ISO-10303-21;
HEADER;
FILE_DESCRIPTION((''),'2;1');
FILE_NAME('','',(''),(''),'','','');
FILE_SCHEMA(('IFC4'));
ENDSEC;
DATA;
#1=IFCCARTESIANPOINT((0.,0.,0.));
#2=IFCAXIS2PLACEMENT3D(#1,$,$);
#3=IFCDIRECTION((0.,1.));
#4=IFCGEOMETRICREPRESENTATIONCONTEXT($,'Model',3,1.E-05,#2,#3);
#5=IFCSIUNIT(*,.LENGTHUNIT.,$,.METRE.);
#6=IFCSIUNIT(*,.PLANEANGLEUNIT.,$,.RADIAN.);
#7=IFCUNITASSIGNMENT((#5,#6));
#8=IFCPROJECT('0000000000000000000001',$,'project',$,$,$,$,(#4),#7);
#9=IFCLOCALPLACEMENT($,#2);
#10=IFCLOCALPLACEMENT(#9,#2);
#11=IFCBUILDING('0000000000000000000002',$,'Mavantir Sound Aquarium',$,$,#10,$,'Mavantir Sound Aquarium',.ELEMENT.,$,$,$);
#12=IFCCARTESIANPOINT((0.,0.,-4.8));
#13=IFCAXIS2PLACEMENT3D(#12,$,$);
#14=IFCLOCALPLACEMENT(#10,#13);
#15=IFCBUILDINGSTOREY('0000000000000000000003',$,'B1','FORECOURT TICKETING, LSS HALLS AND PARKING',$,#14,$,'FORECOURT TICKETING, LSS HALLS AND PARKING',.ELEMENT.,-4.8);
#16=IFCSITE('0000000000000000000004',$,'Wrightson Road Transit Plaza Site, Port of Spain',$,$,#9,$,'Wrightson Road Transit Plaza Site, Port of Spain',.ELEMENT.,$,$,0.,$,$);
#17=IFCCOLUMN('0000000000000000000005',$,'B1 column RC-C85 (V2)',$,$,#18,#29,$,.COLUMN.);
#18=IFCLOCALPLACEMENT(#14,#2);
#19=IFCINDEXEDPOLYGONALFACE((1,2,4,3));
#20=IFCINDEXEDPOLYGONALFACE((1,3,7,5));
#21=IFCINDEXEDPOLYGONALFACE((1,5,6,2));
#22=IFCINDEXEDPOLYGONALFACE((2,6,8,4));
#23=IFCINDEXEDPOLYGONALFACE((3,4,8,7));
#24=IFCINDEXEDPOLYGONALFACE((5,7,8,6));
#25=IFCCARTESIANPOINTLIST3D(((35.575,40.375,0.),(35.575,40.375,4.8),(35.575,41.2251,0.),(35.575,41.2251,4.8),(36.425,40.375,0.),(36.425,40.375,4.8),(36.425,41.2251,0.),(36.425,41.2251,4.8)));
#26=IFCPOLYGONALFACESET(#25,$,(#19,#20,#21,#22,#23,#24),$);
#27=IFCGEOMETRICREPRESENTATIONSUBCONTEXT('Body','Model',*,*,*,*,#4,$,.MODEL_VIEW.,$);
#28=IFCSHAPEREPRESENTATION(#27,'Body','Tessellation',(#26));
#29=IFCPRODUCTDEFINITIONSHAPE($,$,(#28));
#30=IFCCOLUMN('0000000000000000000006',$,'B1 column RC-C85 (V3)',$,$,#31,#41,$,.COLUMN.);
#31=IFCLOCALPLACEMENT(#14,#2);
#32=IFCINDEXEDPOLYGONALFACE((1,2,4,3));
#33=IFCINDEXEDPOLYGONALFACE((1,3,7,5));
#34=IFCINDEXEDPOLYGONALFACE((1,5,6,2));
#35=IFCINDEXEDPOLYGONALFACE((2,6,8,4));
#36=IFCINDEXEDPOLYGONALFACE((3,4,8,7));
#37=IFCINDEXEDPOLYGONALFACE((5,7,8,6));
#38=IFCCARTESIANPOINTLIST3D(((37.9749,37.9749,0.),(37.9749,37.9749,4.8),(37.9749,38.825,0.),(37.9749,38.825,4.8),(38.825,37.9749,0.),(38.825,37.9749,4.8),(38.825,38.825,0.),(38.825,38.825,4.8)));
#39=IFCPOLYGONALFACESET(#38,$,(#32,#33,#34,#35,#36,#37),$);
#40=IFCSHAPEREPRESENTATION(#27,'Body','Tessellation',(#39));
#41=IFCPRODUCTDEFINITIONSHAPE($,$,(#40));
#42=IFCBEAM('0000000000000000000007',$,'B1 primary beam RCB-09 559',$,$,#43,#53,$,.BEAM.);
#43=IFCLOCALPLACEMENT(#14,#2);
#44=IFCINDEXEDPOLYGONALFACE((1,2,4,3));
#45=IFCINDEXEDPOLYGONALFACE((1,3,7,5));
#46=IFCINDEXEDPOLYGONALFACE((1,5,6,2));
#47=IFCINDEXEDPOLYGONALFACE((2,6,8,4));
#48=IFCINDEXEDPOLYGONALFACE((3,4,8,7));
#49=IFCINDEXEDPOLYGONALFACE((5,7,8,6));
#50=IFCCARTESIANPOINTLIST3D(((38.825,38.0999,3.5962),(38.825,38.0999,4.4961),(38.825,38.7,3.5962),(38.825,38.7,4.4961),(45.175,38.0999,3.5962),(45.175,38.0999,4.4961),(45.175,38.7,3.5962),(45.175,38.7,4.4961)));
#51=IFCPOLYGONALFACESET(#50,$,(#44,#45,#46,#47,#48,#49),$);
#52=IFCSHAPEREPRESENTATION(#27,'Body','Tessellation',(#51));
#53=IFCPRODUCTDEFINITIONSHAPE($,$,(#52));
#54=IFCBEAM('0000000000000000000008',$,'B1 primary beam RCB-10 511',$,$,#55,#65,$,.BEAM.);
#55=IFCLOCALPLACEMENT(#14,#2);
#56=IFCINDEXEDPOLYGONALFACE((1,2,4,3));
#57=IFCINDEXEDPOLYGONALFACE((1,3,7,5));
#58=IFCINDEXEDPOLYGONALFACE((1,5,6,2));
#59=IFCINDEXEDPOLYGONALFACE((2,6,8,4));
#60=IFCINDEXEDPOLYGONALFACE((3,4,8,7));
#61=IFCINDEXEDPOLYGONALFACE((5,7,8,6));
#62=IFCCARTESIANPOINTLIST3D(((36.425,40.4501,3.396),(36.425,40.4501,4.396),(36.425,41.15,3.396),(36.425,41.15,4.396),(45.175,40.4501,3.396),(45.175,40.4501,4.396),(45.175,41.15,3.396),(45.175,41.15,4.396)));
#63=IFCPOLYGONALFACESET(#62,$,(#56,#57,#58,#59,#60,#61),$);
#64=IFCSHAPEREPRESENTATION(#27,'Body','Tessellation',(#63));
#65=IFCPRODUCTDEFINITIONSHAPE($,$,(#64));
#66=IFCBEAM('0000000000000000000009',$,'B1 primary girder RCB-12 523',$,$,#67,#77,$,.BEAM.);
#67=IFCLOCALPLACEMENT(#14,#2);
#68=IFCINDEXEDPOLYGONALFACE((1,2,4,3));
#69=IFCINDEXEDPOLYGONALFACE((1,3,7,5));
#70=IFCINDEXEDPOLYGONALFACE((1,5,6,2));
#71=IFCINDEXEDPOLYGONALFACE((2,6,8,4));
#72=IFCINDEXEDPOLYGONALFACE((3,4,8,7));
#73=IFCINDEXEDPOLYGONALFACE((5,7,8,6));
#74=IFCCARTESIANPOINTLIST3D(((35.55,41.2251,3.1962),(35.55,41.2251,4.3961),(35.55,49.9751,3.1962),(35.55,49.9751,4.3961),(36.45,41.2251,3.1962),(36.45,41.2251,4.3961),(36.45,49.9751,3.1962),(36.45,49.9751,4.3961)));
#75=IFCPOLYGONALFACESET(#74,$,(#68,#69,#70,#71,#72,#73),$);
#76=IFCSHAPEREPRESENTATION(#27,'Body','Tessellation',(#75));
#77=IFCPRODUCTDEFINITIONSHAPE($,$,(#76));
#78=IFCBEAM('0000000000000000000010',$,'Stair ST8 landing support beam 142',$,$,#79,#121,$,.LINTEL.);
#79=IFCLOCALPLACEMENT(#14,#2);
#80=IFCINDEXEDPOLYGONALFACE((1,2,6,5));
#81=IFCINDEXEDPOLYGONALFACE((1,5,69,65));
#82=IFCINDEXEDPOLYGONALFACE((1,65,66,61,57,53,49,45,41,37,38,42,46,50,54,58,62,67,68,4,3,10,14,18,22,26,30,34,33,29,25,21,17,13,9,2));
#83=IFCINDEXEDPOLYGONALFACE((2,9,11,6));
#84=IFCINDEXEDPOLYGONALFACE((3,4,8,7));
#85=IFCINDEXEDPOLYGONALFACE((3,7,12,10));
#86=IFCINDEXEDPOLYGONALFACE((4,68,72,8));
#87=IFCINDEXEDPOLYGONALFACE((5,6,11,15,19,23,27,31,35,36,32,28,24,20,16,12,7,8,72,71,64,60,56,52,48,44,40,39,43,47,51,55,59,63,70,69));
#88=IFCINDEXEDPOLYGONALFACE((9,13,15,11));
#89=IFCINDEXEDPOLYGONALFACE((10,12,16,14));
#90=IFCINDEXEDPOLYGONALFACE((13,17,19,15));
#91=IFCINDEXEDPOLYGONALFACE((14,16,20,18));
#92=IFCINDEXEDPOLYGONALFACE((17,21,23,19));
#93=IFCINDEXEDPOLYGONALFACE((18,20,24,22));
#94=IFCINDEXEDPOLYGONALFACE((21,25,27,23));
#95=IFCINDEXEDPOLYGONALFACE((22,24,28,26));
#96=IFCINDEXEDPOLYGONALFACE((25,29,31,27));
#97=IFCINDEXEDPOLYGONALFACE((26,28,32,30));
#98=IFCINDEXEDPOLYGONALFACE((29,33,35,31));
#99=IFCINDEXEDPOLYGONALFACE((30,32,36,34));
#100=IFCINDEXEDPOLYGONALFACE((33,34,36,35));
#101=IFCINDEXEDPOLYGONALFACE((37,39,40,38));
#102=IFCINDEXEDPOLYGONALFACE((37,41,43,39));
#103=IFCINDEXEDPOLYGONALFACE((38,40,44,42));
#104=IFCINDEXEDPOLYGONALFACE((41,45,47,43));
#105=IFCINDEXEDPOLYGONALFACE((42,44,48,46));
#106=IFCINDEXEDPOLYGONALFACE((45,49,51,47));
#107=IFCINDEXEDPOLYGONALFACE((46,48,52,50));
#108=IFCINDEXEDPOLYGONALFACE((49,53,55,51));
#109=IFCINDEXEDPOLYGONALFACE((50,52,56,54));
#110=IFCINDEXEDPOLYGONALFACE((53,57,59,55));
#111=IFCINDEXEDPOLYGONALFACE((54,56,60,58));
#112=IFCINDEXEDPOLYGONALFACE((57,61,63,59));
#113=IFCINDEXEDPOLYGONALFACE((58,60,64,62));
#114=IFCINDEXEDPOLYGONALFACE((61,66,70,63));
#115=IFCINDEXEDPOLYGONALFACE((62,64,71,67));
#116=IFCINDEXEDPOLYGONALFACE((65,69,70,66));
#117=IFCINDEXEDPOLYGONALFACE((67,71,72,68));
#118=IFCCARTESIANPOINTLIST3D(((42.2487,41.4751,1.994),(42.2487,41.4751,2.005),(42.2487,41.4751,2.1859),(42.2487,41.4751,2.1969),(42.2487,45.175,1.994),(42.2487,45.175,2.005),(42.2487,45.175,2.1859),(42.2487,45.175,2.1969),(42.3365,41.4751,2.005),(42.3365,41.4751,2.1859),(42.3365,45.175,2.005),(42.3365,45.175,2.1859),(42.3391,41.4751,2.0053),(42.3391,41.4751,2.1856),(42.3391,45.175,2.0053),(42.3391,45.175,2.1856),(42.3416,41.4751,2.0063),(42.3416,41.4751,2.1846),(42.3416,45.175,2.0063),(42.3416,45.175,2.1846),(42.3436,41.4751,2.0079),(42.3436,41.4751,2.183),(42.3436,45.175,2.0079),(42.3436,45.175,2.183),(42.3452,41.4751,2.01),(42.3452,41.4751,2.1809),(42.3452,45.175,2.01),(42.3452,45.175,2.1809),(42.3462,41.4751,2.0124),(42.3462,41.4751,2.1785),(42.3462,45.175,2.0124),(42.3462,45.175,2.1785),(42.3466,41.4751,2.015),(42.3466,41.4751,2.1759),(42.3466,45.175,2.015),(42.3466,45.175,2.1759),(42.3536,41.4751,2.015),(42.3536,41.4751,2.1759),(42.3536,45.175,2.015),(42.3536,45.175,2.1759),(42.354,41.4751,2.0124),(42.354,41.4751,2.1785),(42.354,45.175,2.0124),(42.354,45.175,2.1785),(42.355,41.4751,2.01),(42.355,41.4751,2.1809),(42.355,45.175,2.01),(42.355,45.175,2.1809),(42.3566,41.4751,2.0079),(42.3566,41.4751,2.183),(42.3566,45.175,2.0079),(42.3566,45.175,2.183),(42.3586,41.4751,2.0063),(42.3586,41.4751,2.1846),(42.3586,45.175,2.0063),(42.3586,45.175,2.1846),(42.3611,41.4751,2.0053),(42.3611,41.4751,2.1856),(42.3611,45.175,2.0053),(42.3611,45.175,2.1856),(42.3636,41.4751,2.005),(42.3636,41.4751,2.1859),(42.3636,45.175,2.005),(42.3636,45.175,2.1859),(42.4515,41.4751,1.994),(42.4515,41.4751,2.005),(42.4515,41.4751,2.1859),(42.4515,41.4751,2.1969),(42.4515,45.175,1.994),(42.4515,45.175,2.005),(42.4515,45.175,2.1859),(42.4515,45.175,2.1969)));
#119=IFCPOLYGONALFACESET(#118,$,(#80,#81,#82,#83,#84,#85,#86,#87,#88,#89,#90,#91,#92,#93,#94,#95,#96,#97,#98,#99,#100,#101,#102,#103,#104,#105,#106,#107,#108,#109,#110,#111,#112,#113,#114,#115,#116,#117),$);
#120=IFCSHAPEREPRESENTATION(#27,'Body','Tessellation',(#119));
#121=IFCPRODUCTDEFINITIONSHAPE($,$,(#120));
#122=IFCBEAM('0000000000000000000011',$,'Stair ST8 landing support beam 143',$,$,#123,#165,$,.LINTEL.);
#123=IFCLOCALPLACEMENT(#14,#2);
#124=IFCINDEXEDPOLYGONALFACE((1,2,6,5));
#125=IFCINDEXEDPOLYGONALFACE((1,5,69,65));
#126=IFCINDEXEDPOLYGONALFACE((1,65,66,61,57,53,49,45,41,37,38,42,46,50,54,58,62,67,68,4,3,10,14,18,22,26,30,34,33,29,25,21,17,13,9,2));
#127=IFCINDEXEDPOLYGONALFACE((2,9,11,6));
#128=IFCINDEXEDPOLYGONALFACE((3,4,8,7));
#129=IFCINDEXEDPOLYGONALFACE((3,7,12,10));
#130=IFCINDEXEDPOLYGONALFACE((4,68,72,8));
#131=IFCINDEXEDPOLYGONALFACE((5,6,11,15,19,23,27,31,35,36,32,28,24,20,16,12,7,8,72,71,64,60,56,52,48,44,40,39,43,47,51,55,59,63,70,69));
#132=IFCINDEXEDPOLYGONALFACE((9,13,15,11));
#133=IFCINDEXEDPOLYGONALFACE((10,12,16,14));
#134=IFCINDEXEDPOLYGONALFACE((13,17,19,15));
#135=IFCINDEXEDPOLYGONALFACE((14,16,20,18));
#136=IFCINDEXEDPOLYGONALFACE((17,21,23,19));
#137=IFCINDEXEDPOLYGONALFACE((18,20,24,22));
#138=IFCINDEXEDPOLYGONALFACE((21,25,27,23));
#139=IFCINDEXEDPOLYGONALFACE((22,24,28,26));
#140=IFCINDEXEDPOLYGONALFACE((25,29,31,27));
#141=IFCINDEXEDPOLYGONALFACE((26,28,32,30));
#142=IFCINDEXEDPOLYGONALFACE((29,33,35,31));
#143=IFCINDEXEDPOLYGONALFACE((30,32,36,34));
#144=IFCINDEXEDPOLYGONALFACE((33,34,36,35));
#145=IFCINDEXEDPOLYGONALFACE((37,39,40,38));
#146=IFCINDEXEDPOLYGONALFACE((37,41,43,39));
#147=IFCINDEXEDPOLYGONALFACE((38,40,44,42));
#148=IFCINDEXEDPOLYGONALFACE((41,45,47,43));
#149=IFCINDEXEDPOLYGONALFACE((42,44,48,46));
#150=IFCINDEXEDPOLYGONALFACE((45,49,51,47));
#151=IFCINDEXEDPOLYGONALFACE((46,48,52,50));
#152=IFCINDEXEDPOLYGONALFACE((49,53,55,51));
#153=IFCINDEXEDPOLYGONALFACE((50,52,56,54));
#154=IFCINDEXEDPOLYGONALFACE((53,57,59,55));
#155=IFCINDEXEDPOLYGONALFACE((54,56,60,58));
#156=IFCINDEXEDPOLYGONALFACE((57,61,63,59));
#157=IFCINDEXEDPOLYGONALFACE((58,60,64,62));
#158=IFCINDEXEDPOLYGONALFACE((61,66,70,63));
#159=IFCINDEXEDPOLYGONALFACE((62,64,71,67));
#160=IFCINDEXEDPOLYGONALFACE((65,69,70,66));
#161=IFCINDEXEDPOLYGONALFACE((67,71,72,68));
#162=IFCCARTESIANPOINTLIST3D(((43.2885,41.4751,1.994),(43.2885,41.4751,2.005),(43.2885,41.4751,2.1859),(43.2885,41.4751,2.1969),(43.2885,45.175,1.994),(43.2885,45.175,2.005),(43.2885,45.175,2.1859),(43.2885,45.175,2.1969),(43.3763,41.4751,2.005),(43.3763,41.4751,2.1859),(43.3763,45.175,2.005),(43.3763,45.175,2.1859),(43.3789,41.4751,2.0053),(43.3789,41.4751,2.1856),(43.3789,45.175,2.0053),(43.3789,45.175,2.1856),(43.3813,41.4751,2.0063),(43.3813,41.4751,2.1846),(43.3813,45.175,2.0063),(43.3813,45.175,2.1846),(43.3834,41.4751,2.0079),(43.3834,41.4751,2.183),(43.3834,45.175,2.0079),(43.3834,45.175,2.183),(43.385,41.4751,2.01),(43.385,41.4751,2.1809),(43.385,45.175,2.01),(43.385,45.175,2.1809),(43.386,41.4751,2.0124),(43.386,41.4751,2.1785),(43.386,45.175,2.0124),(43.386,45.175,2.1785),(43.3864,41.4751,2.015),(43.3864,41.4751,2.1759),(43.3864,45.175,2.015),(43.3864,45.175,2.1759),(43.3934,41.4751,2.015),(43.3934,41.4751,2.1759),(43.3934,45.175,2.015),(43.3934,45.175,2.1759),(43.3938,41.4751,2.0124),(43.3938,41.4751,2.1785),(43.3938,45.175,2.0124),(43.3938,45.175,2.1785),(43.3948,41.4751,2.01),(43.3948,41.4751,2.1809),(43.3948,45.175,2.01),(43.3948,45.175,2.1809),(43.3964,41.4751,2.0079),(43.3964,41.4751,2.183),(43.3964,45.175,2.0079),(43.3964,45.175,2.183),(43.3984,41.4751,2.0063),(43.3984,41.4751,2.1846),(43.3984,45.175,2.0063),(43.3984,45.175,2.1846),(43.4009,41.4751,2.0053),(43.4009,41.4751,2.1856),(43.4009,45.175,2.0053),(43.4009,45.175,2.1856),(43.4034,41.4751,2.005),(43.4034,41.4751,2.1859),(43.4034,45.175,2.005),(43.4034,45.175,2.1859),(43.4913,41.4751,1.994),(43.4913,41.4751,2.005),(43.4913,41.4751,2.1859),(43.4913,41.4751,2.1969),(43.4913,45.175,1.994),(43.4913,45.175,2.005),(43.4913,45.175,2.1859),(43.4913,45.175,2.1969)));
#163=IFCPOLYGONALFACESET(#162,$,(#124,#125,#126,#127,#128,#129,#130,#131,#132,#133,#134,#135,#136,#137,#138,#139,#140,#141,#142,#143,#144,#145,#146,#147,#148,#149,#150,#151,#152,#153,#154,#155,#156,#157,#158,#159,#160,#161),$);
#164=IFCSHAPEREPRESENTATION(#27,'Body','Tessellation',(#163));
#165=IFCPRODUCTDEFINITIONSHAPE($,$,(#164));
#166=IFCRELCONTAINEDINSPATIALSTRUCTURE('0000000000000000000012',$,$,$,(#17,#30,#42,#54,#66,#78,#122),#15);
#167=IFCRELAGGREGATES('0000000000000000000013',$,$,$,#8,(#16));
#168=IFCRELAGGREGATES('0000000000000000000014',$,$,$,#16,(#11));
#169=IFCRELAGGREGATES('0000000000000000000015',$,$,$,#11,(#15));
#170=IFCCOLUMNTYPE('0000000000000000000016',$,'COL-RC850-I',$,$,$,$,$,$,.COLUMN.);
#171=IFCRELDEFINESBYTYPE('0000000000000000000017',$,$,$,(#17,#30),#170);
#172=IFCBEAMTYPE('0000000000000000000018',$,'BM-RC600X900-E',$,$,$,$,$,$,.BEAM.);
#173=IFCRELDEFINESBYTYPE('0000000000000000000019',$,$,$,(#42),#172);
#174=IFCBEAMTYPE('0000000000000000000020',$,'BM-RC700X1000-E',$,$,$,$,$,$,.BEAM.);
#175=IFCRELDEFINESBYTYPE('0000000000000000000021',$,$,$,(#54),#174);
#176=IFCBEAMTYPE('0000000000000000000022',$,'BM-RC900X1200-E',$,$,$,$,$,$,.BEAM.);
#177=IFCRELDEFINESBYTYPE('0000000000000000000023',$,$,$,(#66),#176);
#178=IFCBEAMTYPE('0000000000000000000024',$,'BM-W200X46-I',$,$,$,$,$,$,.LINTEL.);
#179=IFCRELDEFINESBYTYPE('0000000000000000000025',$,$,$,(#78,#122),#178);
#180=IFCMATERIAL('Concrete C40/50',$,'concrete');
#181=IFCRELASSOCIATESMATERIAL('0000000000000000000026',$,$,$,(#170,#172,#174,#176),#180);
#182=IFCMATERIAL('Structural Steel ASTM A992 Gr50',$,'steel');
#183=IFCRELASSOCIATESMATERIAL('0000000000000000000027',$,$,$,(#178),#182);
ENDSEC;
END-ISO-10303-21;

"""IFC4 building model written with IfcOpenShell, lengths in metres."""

from ifc_helpers import new_model, si_unit, direction, frame, origin, origin_2d, place, context, subcontext, project, spatial, rectangle, i_section, extrude, material, material_profile, profile_set, type_object, element, save


model = new_model("IFC4")

# Units and contexts
model_context = context("Model", 3, precision=1e-05, world=origin(), true_north=direction((0.0, 1.0)))
body_context = subcontext(model_context, "Body", "Model", "MODEL_VIEW")
ifc_project = project(units=[si_unit("LENGTHUNIT", "METRE"), si_unit("PLANEANGLEUNIT", "RADIAN")], contexts=[model_context])

# Site, building, storey
site_placement = place(None, origin())
site = spatial("IfcSite", under=ifc_project, at=site_placement, Name="Wrightson Road Transit Plaza Site, Port of Spain", LongName="Wrightson Road Transit Plaza Site, Port of Spain", CompositionType="ELEMENT", RefElevation=0.0)
building_placement = place(site_placement, origin())
building = spatial("IfcBuilding", under=site, at=building_placement, Name="Mavantir Sound Aquarium", LongName="Mavantir Sound Aquarium", CompositionType="ELEMENT")
storey_placement = place(building_placement, frame((0.0, 0.0, -4.8)))
storey = spatial("IfcBuildingStorey", under=building, at=storey_placement, Name="B1", Description="FORECOURT TICKETING, LSS HALLS AND PARKING", LongName="FORECOURT TICKETING, LSS HALLS AND PARKING", CompositionType="ELEMENT", Elevation=-4.8)

# Columns
ifc_material_1 = material(Name="Concrete C40/50", Category="concrete")
ifc_material_profile_1 = material_profile(ifc_material_1, rectangle(XDim=0.8501, YDim=0.8501, at=origin_2d()), Name="RC 850X850")
ifc_profile_set_1 = profile_set([ifc_material_profile_1], Name="Concrete C40/50")
column_type = type_object("IfcColumnType", Name="COL-RC850-I", PredefinedType="COLUMN", material=ifc_profile_set_1)
for number, where, z_axis, x_axis, name in (
    (1, (36.0, 40.8, 0.0), (0.0, 0.0, 1.0), (1.0, 0.0, 0.0), "B1 column RC-C85 (V2)"),
    (2, (38.3999, 38.3999, 0.0), (0.0, 0.0, 1.0), (1.0, 0.0, 0.0), "B1 column RC-C85 (V3)"),
):
    element("IfcColumn", number, at=place(storey_placement, frame(where, z_axis=z_axis, x_axis=x_axis)), inside=storey, type_object=column_type, Name=name, PredefinedType="COLUMN", context=body_context, shape_type="SweptSolid", body=[
        extrude(rectangle(XDim=0.8501, YDim=0.8501, at=origin_2d()), origin(), (0.0, 0.0, 1.0), 4.8),
    ])

# Beams
ifc_material_profile_2 = material_profile(ifc_material_1, rectangle(XDim=0.6001, YDim=0.8999, at=origin_2d()), Name="RC 600X900")
ifc_profile_set_2 = profile_set([ifc_material_profile_2], Name="Concrete C40/50")
beam_type_1 = type_object("IfcBeamType", Name="BM-RC600X900-E", PredefinedType="BEAM", material=ifc_profile_set_2)
beam_1_placement = place(storey_placement, frame((38.825, 38.3999, 4.0461), z_axis=(1.0, 0.0, 0.0), x_axis=(0.0, 1.0, 0.0)))
element("IfcBeam", 3, at=beam_1_placement, inside=storey, type_object=beam_type_1, Name="B1 primary beam RCB-09 559", PredefinedType="BEAM", context=body_context, shape_type="SweptSolid", body=[
    extrude(rectangle(XDim=0.6001, YDim=0.8999, at=origin_2d()), origin(), (0.0, 0.0, 1.0), 6.3501),
])
ifc_material_profile_3 = material_profile(ifc_material_1, rectangle(XDim=0.7, YDim=1.0, at=origin_2d()), Name="RC 700X1000")
ifc_profile_set_3 = profile_set([ifc_material_profile_3], Name="Concrete C40/50")
beam_type_2 = type_object("IfcBeamType", Name="BM-RC700X1000-E", PredefinedType="BEAM", material=ifc_profile_set_3)
beam_2_placement = place(storey_placement, frame((36.425, 40.8, 3.896), z_axis=(1.0, 0.0, 0.0), x_axis=(0.0, 1.0, 0.0)))
element("IfcBeam", 4, at=beam_2_placement, inside=storey, type_object=beam_type_2, Name="B1 primary beam RCB-10 511", PredefinedType="BEAM", context=body_context, shape_type="SweptSolid", body=[
    extrude(rectangle(XDim=0.7, YDim=1.0, at=origin_2d()), origin(), (0.0, 0.0, 1.0), 8.75),
])
ifc_material_profile_4 = material_profile(ifc_material_1, rectangle(XDim=0.8999, YDim=1.2, at=origin_2d()), Name="RC 900X1200")
ifc_profile_set_4 = profile_set([ifc_material_profile_4], Name="Concrete C40/50")
beam_type_3 = type_object("IfcBeamType", Name="BM-RC900X1200-E", PredefinedType="BEAM", material=ifc_profile_set_4)
beam_3_placement = place(storey_placement, frame((36.0, 41.2251, 3.7961), z_axis=(0.0, 1.0, 0.0), x_axis=(-1.0, 0.0, 0.0)))
element("IfcBeam", 5, at=beam_3_placement, inside=storey, type_object=beam_type_3, Name="B1 primary girder RCB-12 523", PredefinedType="BEAM", context=body_context, shape_type="SweptSolid", body=[
    extrude(rectangle(XDim=0.8999, YDim=1.2, at=origin_2d()), origin(), (0.0, 0.0, 1.0), 8.75),
])
ifc_material_2 = material(Name="Structural Steel ASTM A992 Gr50", Category="steel")
ifc_material_profile_5 = material_profile(ifc_material_2, i_section(OverallWidth=0.2029, OverallDepth=0.2029, WebThickness=0.0071, FlangeThickness=0.011, FilletRadius=0.01, at=origin_2d()), Name="W200X46")
ifc_profile_set_5 = profile_set([ifc_material_profile_5], Name="Structural Steel ASTM A992 Gr50")
beam_type_4 = type_object("IfcBeamType", Name="BM-W200X46-I", PredefinedType="LINTEL", material=ifc_profile_set_5)
for number, where, z_axis, x_axis, name in (
    (6, (42.3501, 41.4751, 2.0955), (0.0, 1.0, 0.0), (-1.0, 0.0, 0.0), "Stair ST8 landing support beam 142"),
    (7, (43.3899, 41.4751, 2.0955), (0.0, 1.0, 0.0), (-1.0, 0.0, 0.0), "Stair ST8 landing support beam 143"),
):
    element("IfcBeam", number, at=place(storey_placement, frame(where, z_axis=z_axis, x_axis=x_axis)), inside=storey, type_object=beam_type_4, Name=name, PredefinedType="LINTEL", context=body_context, shape_type="SweptSolid", body=[
        extrude(i_section(OverallWidth=0.2029, OverallDepth=0.2029, WebThickness=0.0071, FlangeThickness=0.011, FilletRadius=0.01, at=origin_2d()), origin(), (0.0, 0.0, 1.0), 3.7),
    ])

save(model, "model.ifc")
